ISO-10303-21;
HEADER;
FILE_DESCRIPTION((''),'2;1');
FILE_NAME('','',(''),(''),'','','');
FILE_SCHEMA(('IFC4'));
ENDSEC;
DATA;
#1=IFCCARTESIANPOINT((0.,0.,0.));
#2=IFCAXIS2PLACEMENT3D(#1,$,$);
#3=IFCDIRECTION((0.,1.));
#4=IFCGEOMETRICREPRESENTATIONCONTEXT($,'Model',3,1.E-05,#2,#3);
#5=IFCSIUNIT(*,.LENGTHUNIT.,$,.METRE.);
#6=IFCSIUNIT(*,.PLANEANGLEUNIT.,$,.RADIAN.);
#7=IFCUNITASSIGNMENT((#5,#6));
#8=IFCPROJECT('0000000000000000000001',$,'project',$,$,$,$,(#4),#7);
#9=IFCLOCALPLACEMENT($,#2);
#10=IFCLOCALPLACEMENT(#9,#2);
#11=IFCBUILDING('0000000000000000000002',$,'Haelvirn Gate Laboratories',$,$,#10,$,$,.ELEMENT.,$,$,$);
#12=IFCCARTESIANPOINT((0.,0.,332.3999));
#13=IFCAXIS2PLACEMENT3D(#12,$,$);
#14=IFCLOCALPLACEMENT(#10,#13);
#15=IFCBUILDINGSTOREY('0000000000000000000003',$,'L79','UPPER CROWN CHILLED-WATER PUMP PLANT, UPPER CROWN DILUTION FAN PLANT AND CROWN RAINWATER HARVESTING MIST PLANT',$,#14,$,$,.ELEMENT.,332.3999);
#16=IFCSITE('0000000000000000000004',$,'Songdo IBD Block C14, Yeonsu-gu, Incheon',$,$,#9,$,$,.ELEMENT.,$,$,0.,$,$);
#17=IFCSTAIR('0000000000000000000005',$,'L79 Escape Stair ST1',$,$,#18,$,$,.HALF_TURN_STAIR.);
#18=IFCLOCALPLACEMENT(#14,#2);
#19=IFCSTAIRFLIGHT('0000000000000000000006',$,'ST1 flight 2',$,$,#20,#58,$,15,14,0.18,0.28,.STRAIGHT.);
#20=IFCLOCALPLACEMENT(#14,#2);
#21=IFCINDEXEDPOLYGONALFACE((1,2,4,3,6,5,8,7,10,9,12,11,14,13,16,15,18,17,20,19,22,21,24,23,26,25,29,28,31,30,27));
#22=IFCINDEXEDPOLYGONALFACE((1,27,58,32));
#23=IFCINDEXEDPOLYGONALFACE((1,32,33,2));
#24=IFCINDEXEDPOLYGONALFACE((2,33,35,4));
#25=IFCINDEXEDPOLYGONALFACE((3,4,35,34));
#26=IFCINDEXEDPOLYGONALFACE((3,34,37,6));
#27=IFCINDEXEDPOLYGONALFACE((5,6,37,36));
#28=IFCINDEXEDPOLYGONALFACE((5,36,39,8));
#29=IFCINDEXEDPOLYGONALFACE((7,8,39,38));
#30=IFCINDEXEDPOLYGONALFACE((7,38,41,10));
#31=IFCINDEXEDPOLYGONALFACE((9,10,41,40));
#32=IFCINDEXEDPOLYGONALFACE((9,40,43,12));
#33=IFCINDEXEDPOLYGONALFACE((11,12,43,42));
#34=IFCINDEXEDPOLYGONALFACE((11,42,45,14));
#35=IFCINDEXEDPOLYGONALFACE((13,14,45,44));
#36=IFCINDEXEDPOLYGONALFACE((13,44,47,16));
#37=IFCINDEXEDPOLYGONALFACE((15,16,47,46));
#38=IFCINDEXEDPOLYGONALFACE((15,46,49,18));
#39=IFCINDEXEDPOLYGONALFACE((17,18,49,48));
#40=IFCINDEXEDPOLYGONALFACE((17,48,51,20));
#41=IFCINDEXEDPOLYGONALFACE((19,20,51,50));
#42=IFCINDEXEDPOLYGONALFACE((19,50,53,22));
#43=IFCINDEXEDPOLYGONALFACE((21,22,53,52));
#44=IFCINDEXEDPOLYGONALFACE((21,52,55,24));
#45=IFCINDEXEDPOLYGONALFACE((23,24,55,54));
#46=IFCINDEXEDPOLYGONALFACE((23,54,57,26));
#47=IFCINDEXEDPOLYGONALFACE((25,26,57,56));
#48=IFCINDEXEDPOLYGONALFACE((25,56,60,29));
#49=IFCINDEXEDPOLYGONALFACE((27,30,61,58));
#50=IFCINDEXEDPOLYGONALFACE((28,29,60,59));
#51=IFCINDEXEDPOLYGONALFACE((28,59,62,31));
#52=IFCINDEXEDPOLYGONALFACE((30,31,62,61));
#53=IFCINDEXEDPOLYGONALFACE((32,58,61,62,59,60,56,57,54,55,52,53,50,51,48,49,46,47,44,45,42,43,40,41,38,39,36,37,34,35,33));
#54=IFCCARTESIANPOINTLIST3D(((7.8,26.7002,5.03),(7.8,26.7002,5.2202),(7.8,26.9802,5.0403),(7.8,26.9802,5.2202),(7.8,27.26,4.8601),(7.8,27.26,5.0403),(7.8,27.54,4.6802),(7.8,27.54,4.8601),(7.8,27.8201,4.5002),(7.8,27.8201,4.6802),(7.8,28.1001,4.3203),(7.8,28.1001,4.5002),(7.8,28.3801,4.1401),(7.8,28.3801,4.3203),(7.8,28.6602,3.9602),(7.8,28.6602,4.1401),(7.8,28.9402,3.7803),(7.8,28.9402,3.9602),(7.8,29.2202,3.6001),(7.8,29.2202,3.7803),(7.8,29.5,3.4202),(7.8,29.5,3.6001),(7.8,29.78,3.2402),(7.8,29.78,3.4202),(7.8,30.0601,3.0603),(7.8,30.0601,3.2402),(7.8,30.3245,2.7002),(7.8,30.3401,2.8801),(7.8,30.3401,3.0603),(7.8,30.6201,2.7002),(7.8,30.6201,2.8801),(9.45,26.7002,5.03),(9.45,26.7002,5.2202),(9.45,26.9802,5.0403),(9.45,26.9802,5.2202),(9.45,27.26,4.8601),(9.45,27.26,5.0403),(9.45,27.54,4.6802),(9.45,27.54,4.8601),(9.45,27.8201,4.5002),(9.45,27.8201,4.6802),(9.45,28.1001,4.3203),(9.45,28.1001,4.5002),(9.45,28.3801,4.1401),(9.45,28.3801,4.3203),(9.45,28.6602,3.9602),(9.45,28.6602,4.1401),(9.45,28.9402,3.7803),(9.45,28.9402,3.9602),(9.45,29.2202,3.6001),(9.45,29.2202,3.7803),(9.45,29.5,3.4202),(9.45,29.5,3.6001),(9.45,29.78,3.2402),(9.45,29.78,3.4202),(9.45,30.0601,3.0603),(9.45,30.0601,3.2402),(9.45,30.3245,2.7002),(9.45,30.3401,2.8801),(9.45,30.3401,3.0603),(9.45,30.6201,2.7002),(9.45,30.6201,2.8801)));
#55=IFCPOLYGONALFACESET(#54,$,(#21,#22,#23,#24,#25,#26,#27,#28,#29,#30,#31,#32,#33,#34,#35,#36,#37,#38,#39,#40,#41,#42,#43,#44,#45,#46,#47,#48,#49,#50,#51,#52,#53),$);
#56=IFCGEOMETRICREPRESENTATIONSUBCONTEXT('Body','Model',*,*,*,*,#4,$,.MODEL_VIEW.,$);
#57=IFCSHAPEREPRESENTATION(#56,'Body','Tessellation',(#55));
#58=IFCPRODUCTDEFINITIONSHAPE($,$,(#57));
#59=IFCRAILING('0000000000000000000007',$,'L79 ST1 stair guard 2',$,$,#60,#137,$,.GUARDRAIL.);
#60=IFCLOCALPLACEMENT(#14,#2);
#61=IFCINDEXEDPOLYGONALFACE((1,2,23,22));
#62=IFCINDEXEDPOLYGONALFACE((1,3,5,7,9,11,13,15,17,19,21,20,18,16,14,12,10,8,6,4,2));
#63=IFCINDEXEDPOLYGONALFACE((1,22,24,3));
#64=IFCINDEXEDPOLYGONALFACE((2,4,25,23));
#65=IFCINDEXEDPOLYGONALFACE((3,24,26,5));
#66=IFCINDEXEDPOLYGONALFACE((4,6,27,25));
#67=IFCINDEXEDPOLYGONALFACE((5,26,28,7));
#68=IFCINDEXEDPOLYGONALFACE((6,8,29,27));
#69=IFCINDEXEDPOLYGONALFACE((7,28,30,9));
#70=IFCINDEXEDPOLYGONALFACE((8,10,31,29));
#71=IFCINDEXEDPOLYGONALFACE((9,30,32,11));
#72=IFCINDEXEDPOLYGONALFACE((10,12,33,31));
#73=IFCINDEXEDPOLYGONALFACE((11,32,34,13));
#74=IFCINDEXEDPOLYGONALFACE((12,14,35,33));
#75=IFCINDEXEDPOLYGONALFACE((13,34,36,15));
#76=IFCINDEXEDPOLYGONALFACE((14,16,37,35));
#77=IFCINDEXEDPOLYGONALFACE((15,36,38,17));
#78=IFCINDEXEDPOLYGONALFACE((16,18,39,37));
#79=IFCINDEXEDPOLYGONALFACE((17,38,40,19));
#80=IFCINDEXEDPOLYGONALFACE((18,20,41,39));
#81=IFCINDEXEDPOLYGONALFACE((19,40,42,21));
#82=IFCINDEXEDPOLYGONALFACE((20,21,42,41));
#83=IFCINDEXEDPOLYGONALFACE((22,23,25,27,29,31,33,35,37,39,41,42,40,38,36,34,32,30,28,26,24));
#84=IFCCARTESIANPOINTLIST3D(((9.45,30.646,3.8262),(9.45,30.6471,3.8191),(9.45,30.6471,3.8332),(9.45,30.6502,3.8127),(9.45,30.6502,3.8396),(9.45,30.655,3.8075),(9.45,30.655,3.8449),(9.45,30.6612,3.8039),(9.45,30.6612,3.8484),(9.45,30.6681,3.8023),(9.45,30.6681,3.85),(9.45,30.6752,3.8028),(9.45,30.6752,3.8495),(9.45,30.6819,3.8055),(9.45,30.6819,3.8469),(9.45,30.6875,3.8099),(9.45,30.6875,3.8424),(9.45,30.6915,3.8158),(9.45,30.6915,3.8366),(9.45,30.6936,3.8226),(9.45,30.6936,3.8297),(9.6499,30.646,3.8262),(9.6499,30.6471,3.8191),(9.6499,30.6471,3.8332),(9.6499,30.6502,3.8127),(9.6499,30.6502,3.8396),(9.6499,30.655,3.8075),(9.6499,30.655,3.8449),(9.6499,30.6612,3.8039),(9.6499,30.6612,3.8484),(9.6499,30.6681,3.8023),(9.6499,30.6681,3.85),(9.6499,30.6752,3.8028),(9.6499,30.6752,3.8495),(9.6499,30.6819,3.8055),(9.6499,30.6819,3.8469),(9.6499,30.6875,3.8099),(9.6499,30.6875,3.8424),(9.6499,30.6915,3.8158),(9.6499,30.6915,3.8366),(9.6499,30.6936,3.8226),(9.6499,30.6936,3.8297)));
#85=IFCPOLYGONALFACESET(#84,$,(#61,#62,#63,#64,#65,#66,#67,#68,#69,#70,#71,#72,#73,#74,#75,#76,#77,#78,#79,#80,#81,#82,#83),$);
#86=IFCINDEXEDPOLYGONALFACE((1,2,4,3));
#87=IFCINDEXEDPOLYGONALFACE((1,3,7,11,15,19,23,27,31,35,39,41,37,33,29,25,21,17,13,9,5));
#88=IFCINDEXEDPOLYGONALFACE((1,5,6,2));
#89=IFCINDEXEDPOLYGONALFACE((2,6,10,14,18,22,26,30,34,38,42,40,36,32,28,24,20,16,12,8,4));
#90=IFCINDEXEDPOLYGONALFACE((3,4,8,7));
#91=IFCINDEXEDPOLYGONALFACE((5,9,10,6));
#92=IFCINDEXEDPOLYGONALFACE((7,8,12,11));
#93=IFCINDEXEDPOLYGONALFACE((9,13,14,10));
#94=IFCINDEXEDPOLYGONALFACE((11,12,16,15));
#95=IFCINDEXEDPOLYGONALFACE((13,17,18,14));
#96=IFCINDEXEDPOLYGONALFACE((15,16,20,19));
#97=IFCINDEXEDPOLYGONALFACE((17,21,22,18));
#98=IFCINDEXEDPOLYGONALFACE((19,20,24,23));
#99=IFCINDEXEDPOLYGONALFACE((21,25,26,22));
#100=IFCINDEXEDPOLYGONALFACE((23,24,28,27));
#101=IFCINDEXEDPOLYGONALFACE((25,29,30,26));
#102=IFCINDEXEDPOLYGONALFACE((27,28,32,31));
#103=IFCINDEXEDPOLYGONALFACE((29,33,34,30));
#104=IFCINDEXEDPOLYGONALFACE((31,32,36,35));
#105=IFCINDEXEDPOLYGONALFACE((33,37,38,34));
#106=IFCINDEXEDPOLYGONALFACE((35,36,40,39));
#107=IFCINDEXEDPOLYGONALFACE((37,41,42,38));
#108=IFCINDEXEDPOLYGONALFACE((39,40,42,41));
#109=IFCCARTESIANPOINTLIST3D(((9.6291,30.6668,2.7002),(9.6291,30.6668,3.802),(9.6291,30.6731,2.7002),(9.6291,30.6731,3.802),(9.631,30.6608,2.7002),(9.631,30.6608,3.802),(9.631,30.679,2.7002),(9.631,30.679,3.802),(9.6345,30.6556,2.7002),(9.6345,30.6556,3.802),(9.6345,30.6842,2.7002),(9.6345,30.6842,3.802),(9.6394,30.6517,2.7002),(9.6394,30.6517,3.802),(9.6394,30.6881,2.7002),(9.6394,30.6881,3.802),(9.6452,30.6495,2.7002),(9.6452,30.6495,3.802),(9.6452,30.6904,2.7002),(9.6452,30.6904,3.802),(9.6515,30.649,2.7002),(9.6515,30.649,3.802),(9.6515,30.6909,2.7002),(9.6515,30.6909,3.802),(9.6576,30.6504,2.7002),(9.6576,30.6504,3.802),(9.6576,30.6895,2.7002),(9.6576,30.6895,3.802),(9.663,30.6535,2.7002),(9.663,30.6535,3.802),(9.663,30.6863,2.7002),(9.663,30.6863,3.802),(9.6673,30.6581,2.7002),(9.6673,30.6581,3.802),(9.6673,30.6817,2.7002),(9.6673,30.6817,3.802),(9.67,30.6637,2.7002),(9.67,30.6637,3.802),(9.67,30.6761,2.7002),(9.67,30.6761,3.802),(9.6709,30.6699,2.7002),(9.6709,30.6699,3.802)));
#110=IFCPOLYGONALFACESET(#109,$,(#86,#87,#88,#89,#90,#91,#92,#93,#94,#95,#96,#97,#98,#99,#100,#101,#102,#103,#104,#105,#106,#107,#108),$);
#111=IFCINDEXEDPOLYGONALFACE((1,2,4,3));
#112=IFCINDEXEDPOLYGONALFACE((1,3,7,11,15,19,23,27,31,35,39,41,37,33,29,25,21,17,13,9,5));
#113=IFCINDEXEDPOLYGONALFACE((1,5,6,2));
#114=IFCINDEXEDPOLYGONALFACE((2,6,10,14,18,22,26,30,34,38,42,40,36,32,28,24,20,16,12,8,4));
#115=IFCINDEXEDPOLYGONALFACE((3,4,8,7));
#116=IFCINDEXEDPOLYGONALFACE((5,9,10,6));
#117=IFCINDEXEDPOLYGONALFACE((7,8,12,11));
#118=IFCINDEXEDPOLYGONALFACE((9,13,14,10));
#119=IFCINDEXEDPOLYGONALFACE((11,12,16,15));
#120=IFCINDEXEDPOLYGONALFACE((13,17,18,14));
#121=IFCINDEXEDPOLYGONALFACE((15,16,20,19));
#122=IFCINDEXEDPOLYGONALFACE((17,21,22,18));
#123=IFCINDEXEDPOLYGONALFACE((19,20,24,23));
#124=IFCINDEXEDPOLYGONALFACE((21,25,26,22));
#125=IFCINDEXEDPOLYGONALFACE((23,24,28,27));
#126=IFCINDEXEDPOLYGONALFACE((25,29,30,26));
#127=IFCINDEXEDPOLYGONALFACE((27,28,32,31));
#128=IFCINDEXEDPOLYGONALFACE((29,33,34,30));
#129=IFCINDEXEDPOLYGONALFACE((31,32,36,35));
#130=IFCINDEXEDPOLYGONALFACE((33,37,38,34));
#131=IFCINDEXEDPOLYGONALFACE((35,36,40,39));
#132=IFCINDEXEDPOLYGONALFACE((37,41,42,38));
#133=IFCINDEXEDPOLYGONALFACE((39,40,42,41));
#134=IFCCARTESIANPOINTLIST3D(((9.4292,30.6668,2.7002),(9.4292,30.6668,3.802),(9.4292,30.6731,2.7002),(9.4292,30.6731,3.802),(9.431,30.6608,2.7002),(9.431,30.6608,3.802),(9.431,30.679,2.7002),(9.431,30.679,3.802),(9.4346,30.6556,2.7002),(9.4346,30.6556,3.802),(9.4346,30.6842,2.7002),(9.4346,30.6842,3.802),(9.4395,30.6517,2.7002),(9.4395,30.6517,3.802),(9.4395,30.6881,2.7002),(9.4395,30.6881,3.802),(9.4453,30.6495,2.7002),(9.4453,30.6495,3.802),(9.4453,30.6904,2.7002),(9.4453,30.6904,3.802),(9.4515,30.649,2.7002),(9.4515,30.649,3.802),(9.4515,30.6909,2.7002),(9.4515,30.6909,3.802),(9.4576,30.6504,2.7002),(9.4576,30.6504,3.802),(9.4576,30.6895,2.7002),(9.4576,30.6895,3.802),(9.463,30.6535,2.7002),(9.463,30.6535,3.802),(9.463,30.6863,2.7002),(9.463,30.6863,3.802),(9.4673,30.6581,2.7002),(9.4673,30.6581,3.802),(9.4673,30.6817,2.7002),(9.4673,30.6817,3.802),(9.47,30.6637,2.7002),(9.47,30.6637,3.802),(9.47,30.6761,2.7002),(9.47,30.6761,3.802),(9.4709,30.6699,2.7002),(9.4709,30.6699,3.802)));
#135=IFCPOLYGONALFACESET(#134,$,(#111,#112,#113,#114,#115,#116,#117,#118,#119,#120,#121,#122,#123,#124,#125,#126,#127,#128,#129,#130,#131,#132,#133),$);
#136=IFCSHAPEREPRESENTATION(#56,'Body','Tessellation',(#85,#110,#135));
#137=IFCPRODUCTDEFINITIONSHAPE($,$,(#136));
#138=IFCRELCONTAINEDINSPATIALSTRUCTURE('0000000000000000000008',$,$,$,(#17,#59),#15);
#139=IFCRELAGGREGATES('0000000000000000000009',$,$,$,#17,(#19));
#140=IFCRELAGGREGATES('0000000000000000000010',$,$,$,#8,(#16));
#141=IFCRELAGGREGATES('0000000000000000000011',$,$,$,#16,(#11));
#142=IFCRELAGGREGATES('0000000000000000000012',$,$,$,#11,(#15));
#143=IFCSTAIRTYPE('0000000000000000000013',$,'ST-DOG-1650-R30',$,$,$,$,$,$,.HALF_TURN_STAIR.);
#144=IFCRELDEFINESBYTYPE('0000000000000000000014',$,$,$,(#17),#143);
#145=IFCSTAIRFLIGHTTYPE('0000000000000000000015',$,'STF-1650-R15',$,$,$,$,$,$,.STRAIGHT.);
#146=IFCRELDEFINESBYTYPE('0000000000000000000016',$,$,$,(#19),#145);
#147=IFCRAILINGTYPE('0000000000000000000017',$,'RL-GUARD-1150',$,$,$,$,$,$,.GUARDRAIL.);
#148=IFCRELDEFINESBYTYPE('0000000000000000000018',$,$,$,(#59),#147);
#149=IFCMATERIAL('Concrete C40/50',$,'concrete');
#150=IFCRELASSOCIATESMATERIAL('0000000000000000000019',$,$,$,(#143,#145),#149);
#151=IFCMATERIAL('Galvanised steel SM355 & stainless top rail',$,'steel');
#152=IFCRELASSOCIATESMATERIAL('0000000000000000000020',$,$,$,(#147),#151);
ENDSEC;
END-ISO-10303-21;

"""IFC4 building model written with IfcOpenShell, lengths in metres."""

from ifc_helpers import new_model, si_unit, direction, frame, origin, origin_2d, place, context, subcontext, project, spatial, polyline, circle, outline, extrude, source, transform, mapped, material, type_object, type_shapes, element, aggregate, save


model = new_model("IFC4")

# Units and contexts
model_context = context("Model", 3, precision=1e-05, world=origin(), true_north=direction((0.0, 1.0)))
body_context = subcontext(model_context, "Body", "Model", "MODEL_VIEW")
ifc_project = project(units=[si_unit("LENGTHUNIT", "METRE"), si_unit("PLANEANGLEUNIT", "RADIAN")], contexts=[model_context])

# Site, building, storey
site_placement = place(None, origin())
site = spatial("IfcSite", under=ifc_project, at=site_placement, Name="Songdo IBD Block C14, Yeonsu-gu, Incheon", CompositionType="ELEMENT", RefElevation=0.0)
building_placement = place(site_placement, origin())
building = spatial("IfcBuilding", under=site, at=building_placement, Name="Haelvirn Gate Laboratories", CompositionType="ELEMENT")
storey_placement = place(building_placement, frame((0.0, 0.0, 332.3999)))
storey = spatial("IfcBuildingStorey", under=building, at=storey_placement, Name="L79", Description="UPPER CROWN CHILLED-WATER PUMP PLANT, UPPER CROWN DILUTION FAN PLANT AND CROWN RAINWATER HARVESTING MIST PLANT", CompositionType="ELEMENT", Elevation=332.3999)

# Shared definitions
ifc_material_1 = material(Name="Concrete C40/50", Category="concrete")

# Stair, stair flight
stair_type = type_object("IfcStairType", Name="ST-DOG-1650-R30", PredefinedType="HALF_TURN_STAIR", material=ifc_material_1)
stair_placement = place(storey_placement, origin())
stair = element("IfcStair", 1, at=stair_placement, inside=storey, type_object=stair_type, Name="L79 Escape Stair ST1", PredefinedType="HALF_TURN_STAIR")
stair_flight_type = type_object("IfcStairFlightType", Name="STF-1650-R15", PredefinedType="STRAIGHT", material=ifc_material_1)
shared_shape_1 = source(origin(), body_context, "Body", "SweptSolid", [
    extrude(outline(polyline([(0.0, 0.0), (0.0, 0.1799), (0.28, 0.1799), (0.28, 0.3601), (0.5601, 0.3601), (0.5601, 0.54), (0.8401, 0.54), (0.8401, 0.72), (1.1201, 0.72), (1.1201, 0.8999), (1.3999, 0.8999), (1.3999, 1.0801), (1.6799, 1.0801), (1.6799, 1.26), (1.96, 1.26), (1.96, 1.4399), (2.24, 1.4399), (2.24, 1.6201), (2.52, 1.6201), (2.52, 1.8), (2.8, 1.8), (2.8, 1.98), (3.0801, 1.98), (3.0801, 2.1599), (3.3601, 2.1599), (3.3601, 2.3401), (3.6399, 2.3401), (3.6399, 2.52), (3.9199, 2.52), (3.9199, 2.7), (3.9199, 2.3298), (0.2957, 0.0), (0.0, 0.0)])), frame((0.0, 0.825, 0.0), z_axis=(0.0, -1.0, 0.0), x_axis=(1.0, 0.0, 0.0)), (0.0, 0.0, 1.0), 1.6499),
])
type_shapes(stair_flight_type, [shared_shape_1])
stair_flight_placement = place(storey_placement, frame((8.625, 30.6201, 2.7002), z_axis=(0.0, 0.0, 1.0), x_axis=(0.0, -1.0, 0.0)))
stair_flight = element("IfcStairFlight", 2, at=stair_flight_placement, type_object=stair_flight_type, Name="ST1 flight 2", NumberOfRisers=15, NumberOfTreads=14, PredefinedType="STRAIGHT", RiserHeight=0.18, TreadLength=0.28, context=body_context, shape_type="MappedRepresentation", body=[
    mapped(shared_shape_1, transform((0.0, 0.0, 0.0), scale=1.0)),
])
aggregate(stair, [stair_flight])

# Railing
ifc_material_2 = material(Name="Galvanised steel SM355 & stainless top rail", Category="steel")
railing_type_1 = type_object("IfcRailingType", Name="RL-GUARD-1150", PredefinedType="GUARDRAIL", material=ifc_material_2)
shared_shape_2 = source(origin(), body_context, "Body", "SweptSolid", [
    extrude(circle(Radius=0.0239, at=origin_2d()), frame((0.0, 0.0, 1.126), z_axis=(-1.0, 0.0, 0.0), x_axis=(0.0, -1.0, 0.0)), (0.0, 0.0, 1.0), 0.2),
    extrude(circle(Radius=0.021, at=origin_2d()), origin(), (0.0, 0.0, 1.0), 1.1018),
    extrude(circle(Radius=0.021, at=origin_2d()), frame((-0.2, 0.0, 0.0)), (0.0, 0.0, 1.0), 1.1018),
])
railing_1_placement = place(storey_placement, frame((9.6499, 30.6699, 2.7002)))
element("IfcRailing", 3, at=railing_1_placement, inside=storey, type_object=railing_type_1, Name="L79 ST1 stair guard 2", PredefinedType="GUARDRAIL", context=body_context, shape_type="MappedRepresentation", body=[
    mapped(shared_shape_2, transform((0.0, 0.0, 0.0), scale=1.0)),
])

save(model, "model.ifc")
